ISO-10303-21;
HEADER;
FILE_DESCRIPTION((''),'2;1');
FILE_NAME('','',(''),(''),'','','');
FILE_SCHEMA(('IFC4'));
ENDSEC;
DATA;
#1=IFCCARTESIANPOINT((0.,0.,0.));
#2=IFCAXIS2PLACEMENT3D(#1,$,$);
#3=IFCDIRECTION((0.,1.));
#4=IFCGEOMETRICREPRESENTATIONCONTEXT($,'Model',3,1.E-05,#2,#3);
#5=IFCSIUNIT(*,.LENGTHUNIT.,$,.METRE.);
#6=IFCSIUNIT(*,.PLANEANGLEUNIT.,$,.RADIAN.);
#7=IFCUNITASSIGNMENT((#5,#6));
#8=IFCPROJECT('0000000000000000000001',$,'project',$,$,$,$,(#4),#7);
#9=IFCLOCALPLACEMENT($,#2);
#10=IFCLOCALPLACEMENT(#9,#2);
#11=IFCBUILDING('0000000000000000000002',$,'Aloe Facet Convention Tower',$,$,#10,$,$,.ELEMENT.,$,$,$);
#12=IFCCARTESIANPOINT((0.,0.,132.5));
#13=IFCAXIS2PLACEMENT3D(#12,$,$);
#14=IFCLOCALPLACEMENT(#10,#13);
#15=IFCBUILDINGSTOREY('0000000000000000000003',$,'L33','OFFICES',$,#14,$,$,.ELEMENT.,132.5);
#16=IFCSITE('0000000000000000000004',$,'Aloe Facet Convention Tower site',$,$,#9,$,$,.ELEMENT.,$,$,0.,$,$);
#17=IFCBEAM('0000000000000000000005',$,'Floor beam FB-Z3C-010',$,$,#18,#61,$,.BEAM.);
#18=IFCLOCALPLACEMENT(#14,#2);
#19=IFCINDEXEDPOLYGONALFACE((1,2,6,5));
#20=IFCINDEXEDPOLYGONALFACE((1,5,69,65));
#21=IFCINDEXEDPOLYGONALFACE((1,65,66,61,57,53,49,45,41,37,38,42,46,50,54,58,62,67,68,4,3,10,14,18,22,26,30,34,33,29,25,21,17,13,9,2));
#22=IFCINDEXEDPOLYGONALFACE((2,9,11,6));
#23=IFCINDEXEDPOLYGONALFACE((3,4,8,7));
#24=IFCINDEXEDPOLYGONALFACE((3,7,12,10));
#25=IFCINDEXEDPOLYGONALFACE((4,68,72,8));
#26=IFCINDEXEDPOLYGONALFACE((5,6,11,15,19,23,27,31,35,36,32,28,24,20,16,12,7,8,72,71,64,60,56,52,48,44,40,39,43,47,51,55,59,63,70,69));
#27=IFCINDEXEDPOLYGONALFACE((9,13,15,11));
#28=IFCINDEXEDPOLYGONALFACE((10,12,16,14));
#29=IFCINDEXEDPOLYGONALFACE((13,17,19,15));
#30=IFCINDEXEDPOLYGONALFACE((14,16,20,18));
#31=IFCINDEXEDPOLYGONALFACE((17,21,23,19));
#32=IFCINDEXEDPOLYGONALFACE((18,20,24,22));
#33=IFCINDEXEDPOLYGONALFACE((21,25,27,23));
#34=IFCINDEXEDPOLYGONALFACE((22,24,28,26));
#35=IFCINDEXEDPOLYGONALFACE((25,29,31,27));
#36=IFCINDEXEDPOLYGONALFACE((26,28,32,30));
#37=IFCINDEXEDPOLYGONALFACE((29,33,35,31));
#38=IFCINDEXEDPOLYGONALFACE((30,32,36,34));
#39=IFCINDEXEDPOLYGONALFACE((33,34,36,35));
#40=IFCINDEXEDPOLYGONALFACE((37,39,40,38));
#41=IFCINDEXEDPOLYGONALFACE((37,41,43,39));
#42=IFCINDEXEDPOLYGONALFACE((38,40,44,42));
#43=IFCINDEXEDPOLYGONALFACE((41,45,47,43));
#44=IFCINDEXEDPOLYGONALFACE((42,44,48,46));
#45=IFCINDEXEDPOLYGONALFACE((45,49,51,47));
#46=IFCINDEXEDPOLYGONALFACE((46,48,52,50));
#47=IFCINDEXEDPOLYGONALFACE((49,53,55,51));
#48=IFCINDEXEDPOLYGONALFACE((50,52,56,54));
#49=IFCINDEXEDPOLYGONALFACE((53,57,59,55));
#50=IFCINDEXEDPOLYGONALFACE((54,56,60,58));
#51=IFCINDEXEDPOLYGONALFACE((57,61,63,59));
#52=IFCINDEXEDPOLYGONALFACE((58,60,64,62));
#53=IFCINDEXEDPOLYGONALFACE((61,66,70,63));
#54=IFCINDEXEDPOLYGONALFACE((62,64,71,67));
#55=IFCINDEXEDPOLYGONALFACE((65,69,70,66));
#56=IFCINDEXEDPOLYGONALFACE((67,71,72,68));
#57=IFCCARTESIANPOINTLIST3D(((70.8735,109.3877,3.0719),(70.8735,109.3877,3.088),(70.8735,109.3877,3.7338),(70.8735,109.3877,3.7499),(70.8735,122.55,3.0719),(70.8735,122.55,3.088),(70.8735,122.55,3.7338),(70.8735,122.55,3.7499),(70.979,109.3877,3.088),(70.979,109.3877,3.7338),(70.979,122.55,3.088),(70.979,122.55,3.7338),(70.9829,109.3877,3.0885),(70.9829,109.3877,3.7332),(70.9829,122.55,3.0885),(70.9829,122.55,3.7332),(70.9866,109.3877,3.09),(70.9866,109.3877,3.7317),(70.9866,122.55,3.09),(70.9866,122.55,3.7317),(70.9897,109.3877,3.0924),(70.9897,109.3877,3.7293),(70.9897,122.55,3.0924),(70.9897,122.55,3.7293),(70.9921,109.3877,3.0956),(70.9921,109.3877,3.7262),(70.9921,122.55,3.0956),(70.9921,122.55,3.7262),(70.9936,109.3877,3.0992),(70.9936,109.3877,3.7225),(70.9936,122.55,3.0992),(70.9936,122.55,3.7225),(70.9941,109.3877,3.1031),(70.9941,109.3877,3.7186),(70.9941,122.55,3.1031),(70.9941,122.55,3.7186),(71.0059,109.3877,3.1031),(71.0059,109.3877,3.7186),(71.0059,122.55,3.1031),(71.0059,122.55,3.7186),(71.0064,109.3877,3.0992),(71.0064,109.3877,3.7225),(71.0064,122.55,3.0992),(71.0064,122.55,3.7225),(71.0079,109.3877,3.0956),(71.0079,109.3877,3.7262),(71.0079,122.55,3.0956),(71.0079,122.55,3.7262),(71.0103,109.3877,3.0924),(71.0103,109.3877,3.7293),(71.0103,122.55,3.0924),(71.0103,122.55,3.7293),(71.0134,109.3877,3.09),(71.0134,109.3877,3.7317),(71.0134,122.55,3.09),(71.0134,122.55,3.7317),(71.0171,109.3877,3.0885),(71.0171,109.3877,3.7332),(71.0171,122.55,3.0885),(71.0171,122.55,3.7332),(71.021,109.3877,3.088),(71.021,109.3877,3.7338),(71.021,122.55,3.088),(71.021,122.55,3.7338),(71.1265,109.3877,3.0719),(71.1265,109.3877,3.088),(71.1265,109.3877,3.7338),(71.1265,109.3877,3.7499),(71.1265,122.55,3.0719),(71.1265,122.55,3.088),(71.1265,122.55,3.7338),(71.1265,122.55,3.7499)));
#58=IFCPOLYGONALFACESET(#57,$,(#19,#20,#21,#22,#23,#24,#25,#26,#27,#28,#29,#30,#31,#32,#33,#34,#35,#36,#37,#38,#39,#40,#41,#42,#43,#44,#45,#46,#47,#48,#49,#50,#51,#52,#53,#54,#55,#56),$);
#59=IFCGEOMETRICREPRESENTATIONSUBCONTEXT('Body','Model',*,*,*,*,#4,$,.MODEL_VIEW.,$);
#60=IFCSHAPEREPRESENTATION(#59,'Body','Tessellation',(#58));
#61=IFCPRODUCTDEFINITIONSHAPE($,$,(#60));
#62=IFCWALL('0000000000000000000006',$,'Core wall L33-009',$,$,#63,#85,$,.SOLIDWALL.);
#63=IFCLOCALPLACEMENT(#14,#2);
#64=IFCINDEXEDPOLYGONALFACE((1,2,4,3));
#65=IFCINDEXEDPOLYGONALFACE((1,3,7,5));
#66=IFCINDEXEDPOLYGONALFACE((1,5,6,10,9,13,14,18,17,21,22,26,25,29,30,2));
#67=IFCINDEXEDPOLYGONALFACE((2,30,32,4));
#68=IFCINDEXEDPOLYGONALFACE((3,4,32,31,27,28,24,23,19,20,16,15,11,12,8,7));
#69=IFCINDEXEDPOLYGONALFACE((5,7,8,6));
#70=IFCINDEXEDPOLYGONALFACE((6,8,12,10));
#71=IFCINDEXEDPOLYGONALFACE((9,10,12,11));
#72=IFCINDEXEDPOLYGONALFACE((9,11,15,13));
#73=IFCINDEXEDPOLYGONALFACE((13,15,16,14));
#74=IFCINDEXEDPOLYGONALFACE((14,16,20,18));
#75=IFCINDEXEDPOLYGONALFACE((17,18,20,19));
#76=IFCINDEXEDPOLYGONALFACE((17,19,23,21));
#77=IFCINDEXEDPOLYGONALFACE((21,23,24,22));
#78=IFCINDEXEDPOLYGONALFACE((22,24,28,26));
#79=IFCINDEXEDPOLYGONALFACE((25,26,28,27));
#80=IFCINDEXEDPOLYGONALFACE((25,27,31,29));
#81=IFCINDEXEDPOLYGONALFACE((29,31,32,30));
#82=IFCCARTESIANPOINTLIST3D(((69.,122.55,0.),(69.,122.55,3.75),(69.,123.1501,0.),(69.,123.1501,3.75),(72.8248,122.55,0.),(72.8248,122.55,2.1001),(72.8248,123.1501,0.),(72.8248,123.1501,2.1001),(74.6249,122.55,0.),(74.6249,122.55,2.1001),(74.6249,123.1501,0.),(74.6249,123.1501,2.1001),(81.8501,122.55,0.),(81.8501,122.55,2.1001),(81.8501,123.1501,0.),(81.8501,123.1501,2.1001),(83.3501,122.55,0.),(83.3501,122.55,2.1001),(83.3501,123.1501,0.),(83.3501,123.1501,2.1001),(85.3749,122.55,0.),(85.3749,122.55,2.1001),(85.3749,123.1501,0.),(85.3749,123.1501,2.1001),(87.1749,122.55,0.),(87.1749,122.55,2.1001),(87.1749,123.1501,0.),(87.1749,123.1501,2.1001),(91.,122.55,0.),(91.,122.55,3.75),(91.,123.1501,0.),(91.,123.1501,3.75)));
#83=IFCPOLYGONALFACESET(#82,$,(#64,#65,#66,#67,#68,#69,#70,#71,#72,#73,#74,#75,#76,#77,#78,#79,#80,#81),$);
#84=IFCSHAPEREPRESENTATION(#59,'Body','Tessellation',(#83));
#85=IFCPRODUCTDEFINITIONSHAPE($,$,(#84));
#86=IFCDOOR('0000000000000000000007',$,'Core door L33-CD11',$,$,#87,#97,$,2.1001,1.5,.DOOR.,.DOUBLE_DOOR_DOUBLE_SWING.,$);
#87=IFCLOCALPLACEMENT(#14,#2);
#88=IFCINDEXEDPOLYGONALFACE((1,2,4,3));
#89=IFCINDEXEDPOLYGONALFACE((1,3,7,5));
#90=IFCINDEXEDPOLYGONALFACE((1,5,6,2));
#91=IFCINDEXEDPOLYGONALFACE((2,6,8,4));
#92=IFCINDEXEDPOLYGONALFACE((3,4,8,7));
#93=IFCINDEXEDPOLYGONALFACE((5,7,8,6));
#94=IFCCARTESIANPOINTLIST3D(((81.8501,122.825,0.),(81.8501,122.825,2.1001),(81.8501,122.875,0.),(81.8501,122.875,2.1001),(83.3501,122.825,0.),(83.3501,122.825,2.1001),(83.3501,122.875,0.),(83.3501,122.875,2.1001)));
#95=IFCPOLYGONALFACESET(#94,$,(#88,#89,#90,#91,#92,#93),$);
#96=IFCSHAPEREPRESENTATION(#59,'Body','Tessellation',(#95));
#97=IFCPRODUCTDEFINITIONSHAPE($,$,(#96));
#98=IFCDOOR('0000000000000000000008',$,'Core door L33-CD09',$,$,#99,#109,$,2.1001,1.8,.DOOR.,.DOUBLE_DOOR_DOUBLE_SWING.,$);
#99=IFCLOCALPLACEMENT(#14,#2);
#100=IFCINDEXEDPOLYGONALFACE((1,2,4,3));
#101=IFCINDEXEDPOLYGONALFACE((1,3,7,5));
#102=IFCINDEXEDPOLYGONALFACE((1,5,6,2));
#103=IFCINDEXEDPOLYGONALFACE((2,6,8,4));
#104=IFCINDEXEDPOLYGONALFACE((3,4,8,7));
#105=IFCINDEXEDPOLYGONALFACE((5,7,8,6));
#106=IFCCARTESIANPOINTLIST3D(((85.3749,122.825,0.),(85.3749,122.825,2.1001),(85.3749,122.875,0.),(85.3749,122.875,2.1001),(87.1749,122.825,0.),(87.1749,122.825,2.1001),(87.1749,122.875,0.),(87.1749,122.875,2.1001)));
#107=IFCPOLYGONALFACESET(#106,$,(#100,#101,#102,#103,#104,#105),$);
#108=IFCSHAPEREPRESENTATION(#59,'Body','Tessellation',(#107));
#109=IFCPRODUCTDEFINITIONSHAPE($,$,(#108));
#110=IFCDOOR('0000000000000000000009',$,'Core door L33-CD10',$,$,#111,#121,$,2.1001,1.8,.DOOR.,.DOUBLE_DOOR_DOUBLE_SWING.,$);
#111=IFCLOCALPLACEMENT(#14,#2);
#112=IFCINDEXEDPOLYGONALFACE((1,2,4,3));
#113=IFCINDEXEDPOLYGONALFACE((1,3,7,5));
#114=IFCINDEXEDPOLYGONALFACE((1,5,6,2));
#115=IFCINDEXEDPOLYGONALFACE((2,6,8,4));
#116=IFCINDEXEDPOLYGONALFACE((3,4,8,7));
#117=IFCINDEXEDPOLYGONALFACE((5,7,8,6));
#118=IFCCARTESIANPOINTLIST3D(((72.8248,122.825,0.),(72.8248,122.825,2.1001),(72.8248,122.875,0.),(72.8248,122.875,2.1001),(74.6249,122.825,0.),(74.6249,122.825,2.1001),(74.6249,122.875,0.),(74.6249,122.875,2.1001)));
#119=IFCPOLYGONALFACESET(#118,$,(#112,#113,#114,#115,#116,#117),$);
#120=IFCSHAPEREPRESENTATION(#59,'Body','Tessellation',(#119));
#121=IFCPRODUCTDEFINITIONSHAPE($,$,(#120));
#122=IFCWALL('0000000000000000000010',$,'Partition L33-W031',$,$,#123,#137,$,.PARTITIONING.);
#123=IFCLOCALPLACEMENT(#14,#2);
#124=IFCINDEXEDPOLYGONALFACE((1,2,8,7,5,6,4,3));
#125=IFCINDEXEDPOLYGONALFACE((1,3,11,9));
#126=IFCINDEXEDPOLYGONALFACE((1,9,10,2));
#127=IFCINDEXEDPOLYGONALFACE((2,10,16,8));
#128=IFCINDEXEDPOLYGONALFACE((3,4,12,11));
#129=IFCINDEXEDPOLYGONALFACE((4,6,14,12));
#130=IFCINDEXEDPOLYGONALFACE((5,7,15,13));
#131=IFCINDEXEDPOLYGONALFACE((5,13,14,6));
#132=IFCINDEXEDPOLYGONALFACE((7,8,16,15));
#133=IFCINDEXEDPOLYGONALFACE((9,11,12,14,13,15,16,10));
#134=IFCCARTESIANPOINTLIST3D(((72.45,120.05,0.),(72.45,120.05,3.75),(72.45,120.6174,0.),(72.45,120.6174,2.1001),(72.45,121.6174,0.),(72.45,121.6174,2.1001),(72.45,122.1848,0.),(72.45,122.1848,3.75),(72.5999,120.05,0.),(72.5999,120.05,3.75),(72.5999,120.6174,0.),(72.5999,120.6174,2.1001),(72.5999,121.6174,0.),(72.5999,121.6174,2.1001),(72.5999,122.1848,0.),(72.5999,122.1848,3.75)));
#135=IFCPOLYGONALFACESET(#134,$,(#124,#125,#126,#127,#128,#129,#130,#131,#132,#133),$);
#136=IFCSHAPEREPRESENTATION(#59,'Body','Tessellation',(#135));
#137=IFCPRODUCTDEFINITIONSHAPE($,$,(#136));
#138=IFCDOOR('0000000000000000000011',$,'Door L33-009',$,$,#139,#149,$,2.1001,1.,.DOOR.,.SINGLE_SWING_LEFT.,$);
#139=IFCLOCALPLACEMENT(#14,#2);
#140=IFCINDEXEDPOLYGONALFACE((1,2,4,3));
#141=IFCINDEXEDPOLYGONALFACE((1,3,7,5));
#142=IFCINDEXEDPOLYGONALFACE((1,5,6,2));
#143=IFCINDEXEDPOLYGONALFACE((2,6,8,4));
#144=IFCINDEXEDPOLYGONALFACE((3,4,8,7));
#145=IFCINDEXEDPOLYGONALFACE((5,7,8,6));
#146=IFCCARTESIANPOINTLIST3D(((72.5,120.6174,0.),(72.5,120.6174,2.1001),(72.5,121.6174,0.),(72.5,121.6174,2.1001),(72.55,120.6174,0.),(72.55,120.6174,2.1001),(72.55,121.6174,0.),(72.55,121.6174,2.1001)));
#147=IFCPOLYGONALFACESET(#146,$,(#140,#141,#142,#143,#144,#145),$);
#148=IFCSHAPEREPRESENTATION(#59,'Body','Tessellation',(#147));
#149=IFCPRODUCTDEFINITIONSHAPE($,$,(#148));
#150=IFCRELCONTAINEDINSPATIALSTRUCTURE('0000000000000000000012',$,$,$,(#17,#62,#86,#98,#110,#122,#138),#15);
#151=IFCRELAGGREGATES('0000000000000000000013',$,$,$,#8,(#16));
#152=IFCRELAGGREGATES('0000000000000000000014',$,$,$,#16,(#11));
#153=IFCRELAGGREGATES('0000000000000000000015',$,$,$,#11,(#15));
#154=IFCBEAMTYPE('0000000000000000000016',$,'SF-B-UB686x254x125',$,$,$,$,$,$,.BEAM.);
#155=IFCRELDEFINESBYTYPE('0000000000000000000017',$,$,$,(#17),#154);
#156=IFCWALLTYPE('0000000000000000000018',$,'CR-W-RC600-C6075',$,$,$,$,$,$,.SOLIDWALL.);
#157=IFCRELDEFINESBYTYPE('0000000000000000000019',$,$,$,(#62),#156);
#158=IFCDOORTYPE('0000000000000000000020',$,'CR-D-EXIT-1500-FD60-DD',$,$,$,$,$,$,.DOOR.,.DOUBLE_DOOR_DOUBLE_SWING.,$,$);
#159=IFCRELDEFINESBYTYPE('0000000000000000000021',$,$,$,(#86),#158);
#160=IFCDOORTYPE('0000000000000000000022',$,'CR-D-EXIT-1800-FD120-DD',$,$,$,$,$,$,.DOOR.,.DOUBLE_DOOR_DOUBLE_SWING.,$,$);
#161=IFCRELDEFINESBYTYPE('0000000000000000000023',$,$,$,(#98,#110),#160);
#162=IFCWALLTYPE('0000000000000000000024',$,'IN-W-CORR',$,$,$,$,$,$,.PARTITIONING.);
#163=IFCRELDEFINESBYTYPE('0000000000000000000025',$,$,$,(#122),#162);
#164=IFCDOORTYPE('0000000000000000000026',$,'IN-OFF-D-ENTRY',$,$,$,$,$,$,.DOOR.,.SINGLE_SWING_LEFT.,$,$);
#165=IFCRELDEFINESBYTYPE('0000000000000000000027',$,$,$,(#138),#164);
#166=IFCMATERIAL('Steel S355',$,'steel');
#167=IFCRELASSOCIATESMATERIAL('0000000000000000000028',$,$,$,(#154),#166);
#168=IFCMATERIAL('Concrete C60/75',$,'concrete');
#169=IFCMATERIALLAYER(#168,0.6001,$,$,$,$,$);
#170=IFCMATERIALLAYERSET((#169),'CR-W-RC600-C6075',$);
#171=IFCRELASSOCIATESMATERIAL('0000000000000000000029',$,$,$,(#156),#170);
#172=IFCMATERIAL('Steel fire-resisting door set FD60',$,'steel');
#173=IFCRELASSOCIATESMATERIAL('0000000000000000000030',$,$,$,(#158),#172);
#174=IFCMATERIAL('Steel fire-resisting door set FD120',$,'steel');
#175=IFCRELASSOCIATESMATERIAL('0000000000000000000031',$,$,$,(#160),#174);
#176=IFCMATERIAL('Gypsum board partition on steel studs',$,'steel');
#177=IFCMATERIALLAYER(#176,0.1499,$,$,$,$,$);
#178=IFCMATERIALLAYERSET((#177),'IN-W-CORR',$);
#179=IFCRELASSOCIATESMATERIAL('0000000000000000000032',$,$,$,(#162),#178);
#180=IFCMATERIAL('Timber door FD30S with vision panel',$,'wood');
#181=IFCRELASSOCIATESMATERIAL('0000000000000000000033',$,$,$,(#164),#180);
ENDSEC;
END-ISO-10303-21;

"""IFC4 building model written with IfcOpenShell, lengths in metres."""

from ifc_helpers import new_model, si_unit, direction, frame, frame_2d, origin, origin_2d, place, context, subcontext, project, spatial, rectangle, i_section, extrude, material, layer, layer_set, material_profile, profile_set, type_object, element, fill, save


model = new_model("IFC4")

# Units and contexts
model_context = context("Model", 3, precision=1e-05, world=origin(), true_north=direction((0.0, 1.0)))
body_context = subcontext(model_context, "Body", "Model", "MODEL_VIEW")
ifc_project = project(units=[si_unit("LENGTHUNIT", "METRE"), si_unit("PLANEANGLEUNIT", "RADIAN")], contexts=[model_context])

# Site, building, storey
site_placement = place(None, origin())
site = spatial("IfcSite", under=ifc_project, at=site_placement, Name="Aloe Facet Convention Tower site", CompositionType="ELEMENT", RefElevation=0.0)
building_placement = place(site_placement, origin())
building = spatial("IfcBuilding", under=site, at=building_placement, Name="Aloe Facet Convention Tower", CompositionType="ELEMENT")
storey_placement = place(building_placement, frame((0.0, 0.0, 132.5)))
storey = spatial("IfcBuildingStorey", under=building, at=storey_placement, Name="L33", Description="OFFICES", CompositionType="ELEMENT", Elevation=132.5)

# Beam
ifc_material_1 = material(Name="Steel S355", Category="steel")
ifc_material_profile_1 = material_profile(ifc_material_1, i_section(OverallWidth=0.2529, OverallDepth=0.678, WebThickness=0.0117, FlangeThickness=0.0161, FilletRadius=0.0151, at=origin_2d()), Name="UB 686x254x125")
ifc_profile_set_1 = profile_set([ifc_material_profile_1], Name="Steel S355")
beam_type_1 = type_object("IfcBeamType", Name="SF-B-UB686x254x125", PredefinedType="BEAM", material=ifc_profile_set_1)
beam_1_placement = place(storey_placement, frame((71.0, 122.55, 3.4109), z_axis=(0.0, -1.0, 0.0), x_axis=(1.0, 0.0, 0.0)))
element("IfcBeam", 1, at=beam_1_placement, inside=storey, type_object=beam_type_1, Name="Floor beam FB-Z3C-010", PredefinedType="BEAM", context=body_context, shape_type="SweptSolid", body=[
    extrude(i_section(OverallWidth=0.2529, OverallDepth=0.678, WebThickness=0.0117, FlangeThickness=0.0161, FilletRadius=0.0151, at=origin_2d()), origin(), (0.0, 0.0, 1.0), 13.1624),
])

# Wall, openings, doors
ifc_material_2 = material(Name="Concrete C60/75", Category="concrete")
ifc_layer_1 = layer(ifc_material_2, 0.6001)
ifc_layer_set_1 = layer_set([ifc_layer_1], Name="CR-W-RC600-C6075")
wall_type_1 = type_object("IfcWallType", Name="CR-W-RC600-C6075", PredefinedType="SOLIDWALL", material=ifc_layer_set_1)
wall_1_placement = place(storey_placement, frame((69.0, 122.8501, 0.0), z_axis=(0.0, 0.0, 1.0), x_axis=(1.0, 0.0, 0.0)))
wall_1 = element("IfcWall", 2, at=wall_1_placement, inside=storey, type_object=wall_type_1, Name="Core wall L33-009", PredefinedType="SOLIDWALL", context=body_context, shape_type="SweptSolid", body=[
    extrude(rectangle(XDim=22.0, YDim=0.6001, at=frame_2d((11.0, 0.0))), origin(), (0.0, 0.0, 1.0), 3.75),
])
opening_1_placement = place(wall_1_placement, frame((16.375, 0.0, 0.0)))
opening_1 = element("IfcOpeningElement", 3, at=opening_1_placement, cuts=wall_1, PredefinedType="OPENING", context=body_context, shape_type="SweptSolid", body=[
    extrude(rectangle(XDim=1.8, YDim=2.1001, at=frame_2d((0.8999, 1.05))), frame((0.0, 0.3101, 0.0), z_axis=(0.0, -1.0, 0.0), x_axis=(1.0, 0.0, 0.0)), (0.0, 0.0, 1.0), 0.6201),
])
opening_2_placement = place(wall_1_placement, frame((3.825, 0.0, 0.0)))
opening_2 = element("IfcOpeningElement", 4, at=opening_2_placement, cuts=wall_1, PredefinedType="OPENING", context=body_context, shape_type="SweptSolid", body=[
    extrude(rectangle(XDim=1.8, YDim=2.1001, at=frame_2d((0.8999, 1.05))), frame((0.0, 0.3101, 0.0), z_axis=(0.0, -1.0, 0.0), x_axis=(1.0, 0.0, 0.0)), (0.0, 0.0, 1.0), 0.6201),
])
opening_3_placement = place(wall_1_placement, frame((12.8501, 0.0, 0.0)))
opening_3 = element("IfcOpeningElement", 5, at=opening_3_placement, cuts=wall_1, PredefinedType="OPENING", context=body_context, shape_type="SweptSolid", body=[
    extrude(rectangle(XDim=1.5, YDim=2.1001, at=frame_2d((0.75, 1.05))), frame((0.0, 0.3101, 0.0), z_axis=(0.0, -1.0, 0.0), x_axis=(1.0, 0.0, 0.0)), (0.0, 0.0, 1.0), 0.6201),
])
ifc_material_3 = material(Name="Steel fire-resisting door set FD60", Category="steel")
door_type_1 = type_object("IfcDoorType", Name="CR-D-EXIT-1500-FD60-DD", OperationType="DOUBLE_DOOR_DOUBLE_SWING", PredefinedType="DOOR", material=ifc_material_3)
door_1_placement = place(opening_3_placement, origin())
door_1 = element("IfcDoor", 6, at=door_1_placement, inside=storey, type_object=door_type_1, Name="Core door L33-CD11", OperationType="DOUBLE_DOOR_DOUBLE_SWING", OverallHeight=2.1001, OverallWidth=1.5, PredefinedType="DOOR", context=body_context, shape_type="SweptSolid", body=[
    extrude(rectangle(XDim=1.5, YDim=2.1001, at=frame_2d((0.75, 1.05))), frame((0.0, 0.0249, 0.0), z_axis=(0.0, -1.0, 0.0), x_axis=(1.0, 0.0, 0.0)), (0.0, 0.0, 1.0), 0.05),
])
fill(opening_3, door_1)
ifc_material_4 = material(Name="Steel fire-resisting door set FD120", Category="steel")
door_type_2 = type_object("IfcDoorType", Name="CR-D-EXIT-1800-FD120-DD", OperationType="DOUBLE_DOOR_DOUBLE_SWING", PredefinedType="DOOR", material=ifc_material_4)
door_2_placement = place(opening_1_placement, origin())
door_2 = element("IfcDoor", 7, at=door_2_placement, inside=storey, type_object=door_type_2, Name="Core door L33-CD09", OperationType="DOUBLE_DOOR_DOUBLE_SWING", OverallHeight=2.1001, OverallWidth=1.8, PredefinedType="DOOR", context=body_context, shape_type="SweptSolid", body=[
    extrude(rectangle(XDim=1.8, YDim=2.1001, at=frame_2d((0.8999, 1.05))), frame((0.0, 0.0249, 0.0), z_axis=(0.0, -1.0, 0.0), x_axis=(1.0, 0.0, 0.0)), (0.0, 0.0, 1.0), 0.05),
])
fill(opening_1, door_2)
door_3_placement = place(opening_2_placement, origin())
door_3 = element("IfcDoor", 8, at=door_3_placement, inside=storey, type_object=door_type_2, Name="Core door L33-CD10", OperationType="DOUBLE_DOOR_DOUBLE_SWING", OverallHeight=2.1001, OverallWidth=1.8, PredefinedType="DOOR", context=body_context, shape_type="SweptSolid", body=[
    extrude(rectangle(XDim=1.8, YDim=2.1001, at=frame_2d((0.8999, 1.05))), frame((0.0, 0.0249, 0.0), z_axis=(0.0, -1.0, 0.0), x_axis=(1.0, 0.0, 0.0)), (0.0, 0.0, 1.0), 0.05),
])
fill(opening_2, door_3)

# Wall, opening, door
ifc_material_5 = material(Name="Gypsum board partition on steel studs", Category="steel")
ifc_layer_2 = layer(ifc_material_5, 0.1499)
ifc_layer_set_2 = layer_set([ifc_layer_2], Name="IN-W-CORR")
wall_type_2 = type_object("IfcWallType", Name="IN-W-CORR", PredefinedType="PARTITIONING", material=ifc_layer_set_2)
wall_2_placement = place(storey_placement, frame((72.5249, 120.05, 0.0), z_axis=(0.0, 0.0, 1.0), x_axis=(0.0, 1.0, 0.0)))
wall_2 = element("IfcWall", 9, at=wall_2_placement, inside=storey, type_object=wall_type_2, Name="Partition L33-W031", PredefinedType="PARTITIONING", context=body_context, shape_type="SweptSolid", body=[
    extrude(rectangle(XDim=2.1348, YDim=0.1499, at=frame_2d((1.0674, 0.0))), origin(), (0.0, 0.0, 1.0), 3.75),
])
opening_4_placement = place(wall_2_placement, frame((0.5674, 0.0, 0.0)))
opening_4 = element("IfcOpeningElement", 10, at=opening_4_placement, cuts=wall_2, PredefinedType="OPENING", context=body_context, shape_type="SweptSolid", body=[
    extrude(rectangle(XDim=1.0, YDim=2.1001, at=frame_2d((0.5, 1.05))), frame((0.0, 0.085, 0.0), z_axis=(0.0, -1.0, 0.0), x_axis=(1.0, 0.0, 0.0)), (0.0, 0.0, 1.0), 0.1699),
])
ifc_material_6 = material(Name="Timber door FD30S with vision panel", Category="wood")
door_type_3 = type_object("IfcDoorType", Name="IN-OFF-D-ENTRY", OperationType="SINGLE_SWING_LEFT", PredefinedType="DOOR", material=ifc_material_6)
door_4_placement = place(opening_4_placement, origin())
door_4 = element("IfcDoor", 11, at=door_4_placement, inside=storey, type_object=door_type_3, Name="Door L33-009", OperationType="SINGLE_SWING_LEFT", OverallHeight=2.1001, OverallWidth=1.0, PredefinedType="DOOR", context=body_context, shape_type="SweptSolid", body=[
    extrude(rectangle(XDim=1.0, YDim=2.1001, at=frame_2d((0.5, 1.05))), frame((0.0, 0.0249, 0.0), z_axis=(0.0, -1.0, 0.0), x_axis=(1.0, 0.0, 0.0)), (0.0, 0.0, 1.0), 0.05),
])
fill(opening_4, door_4)

save(model, "model.ifc")
